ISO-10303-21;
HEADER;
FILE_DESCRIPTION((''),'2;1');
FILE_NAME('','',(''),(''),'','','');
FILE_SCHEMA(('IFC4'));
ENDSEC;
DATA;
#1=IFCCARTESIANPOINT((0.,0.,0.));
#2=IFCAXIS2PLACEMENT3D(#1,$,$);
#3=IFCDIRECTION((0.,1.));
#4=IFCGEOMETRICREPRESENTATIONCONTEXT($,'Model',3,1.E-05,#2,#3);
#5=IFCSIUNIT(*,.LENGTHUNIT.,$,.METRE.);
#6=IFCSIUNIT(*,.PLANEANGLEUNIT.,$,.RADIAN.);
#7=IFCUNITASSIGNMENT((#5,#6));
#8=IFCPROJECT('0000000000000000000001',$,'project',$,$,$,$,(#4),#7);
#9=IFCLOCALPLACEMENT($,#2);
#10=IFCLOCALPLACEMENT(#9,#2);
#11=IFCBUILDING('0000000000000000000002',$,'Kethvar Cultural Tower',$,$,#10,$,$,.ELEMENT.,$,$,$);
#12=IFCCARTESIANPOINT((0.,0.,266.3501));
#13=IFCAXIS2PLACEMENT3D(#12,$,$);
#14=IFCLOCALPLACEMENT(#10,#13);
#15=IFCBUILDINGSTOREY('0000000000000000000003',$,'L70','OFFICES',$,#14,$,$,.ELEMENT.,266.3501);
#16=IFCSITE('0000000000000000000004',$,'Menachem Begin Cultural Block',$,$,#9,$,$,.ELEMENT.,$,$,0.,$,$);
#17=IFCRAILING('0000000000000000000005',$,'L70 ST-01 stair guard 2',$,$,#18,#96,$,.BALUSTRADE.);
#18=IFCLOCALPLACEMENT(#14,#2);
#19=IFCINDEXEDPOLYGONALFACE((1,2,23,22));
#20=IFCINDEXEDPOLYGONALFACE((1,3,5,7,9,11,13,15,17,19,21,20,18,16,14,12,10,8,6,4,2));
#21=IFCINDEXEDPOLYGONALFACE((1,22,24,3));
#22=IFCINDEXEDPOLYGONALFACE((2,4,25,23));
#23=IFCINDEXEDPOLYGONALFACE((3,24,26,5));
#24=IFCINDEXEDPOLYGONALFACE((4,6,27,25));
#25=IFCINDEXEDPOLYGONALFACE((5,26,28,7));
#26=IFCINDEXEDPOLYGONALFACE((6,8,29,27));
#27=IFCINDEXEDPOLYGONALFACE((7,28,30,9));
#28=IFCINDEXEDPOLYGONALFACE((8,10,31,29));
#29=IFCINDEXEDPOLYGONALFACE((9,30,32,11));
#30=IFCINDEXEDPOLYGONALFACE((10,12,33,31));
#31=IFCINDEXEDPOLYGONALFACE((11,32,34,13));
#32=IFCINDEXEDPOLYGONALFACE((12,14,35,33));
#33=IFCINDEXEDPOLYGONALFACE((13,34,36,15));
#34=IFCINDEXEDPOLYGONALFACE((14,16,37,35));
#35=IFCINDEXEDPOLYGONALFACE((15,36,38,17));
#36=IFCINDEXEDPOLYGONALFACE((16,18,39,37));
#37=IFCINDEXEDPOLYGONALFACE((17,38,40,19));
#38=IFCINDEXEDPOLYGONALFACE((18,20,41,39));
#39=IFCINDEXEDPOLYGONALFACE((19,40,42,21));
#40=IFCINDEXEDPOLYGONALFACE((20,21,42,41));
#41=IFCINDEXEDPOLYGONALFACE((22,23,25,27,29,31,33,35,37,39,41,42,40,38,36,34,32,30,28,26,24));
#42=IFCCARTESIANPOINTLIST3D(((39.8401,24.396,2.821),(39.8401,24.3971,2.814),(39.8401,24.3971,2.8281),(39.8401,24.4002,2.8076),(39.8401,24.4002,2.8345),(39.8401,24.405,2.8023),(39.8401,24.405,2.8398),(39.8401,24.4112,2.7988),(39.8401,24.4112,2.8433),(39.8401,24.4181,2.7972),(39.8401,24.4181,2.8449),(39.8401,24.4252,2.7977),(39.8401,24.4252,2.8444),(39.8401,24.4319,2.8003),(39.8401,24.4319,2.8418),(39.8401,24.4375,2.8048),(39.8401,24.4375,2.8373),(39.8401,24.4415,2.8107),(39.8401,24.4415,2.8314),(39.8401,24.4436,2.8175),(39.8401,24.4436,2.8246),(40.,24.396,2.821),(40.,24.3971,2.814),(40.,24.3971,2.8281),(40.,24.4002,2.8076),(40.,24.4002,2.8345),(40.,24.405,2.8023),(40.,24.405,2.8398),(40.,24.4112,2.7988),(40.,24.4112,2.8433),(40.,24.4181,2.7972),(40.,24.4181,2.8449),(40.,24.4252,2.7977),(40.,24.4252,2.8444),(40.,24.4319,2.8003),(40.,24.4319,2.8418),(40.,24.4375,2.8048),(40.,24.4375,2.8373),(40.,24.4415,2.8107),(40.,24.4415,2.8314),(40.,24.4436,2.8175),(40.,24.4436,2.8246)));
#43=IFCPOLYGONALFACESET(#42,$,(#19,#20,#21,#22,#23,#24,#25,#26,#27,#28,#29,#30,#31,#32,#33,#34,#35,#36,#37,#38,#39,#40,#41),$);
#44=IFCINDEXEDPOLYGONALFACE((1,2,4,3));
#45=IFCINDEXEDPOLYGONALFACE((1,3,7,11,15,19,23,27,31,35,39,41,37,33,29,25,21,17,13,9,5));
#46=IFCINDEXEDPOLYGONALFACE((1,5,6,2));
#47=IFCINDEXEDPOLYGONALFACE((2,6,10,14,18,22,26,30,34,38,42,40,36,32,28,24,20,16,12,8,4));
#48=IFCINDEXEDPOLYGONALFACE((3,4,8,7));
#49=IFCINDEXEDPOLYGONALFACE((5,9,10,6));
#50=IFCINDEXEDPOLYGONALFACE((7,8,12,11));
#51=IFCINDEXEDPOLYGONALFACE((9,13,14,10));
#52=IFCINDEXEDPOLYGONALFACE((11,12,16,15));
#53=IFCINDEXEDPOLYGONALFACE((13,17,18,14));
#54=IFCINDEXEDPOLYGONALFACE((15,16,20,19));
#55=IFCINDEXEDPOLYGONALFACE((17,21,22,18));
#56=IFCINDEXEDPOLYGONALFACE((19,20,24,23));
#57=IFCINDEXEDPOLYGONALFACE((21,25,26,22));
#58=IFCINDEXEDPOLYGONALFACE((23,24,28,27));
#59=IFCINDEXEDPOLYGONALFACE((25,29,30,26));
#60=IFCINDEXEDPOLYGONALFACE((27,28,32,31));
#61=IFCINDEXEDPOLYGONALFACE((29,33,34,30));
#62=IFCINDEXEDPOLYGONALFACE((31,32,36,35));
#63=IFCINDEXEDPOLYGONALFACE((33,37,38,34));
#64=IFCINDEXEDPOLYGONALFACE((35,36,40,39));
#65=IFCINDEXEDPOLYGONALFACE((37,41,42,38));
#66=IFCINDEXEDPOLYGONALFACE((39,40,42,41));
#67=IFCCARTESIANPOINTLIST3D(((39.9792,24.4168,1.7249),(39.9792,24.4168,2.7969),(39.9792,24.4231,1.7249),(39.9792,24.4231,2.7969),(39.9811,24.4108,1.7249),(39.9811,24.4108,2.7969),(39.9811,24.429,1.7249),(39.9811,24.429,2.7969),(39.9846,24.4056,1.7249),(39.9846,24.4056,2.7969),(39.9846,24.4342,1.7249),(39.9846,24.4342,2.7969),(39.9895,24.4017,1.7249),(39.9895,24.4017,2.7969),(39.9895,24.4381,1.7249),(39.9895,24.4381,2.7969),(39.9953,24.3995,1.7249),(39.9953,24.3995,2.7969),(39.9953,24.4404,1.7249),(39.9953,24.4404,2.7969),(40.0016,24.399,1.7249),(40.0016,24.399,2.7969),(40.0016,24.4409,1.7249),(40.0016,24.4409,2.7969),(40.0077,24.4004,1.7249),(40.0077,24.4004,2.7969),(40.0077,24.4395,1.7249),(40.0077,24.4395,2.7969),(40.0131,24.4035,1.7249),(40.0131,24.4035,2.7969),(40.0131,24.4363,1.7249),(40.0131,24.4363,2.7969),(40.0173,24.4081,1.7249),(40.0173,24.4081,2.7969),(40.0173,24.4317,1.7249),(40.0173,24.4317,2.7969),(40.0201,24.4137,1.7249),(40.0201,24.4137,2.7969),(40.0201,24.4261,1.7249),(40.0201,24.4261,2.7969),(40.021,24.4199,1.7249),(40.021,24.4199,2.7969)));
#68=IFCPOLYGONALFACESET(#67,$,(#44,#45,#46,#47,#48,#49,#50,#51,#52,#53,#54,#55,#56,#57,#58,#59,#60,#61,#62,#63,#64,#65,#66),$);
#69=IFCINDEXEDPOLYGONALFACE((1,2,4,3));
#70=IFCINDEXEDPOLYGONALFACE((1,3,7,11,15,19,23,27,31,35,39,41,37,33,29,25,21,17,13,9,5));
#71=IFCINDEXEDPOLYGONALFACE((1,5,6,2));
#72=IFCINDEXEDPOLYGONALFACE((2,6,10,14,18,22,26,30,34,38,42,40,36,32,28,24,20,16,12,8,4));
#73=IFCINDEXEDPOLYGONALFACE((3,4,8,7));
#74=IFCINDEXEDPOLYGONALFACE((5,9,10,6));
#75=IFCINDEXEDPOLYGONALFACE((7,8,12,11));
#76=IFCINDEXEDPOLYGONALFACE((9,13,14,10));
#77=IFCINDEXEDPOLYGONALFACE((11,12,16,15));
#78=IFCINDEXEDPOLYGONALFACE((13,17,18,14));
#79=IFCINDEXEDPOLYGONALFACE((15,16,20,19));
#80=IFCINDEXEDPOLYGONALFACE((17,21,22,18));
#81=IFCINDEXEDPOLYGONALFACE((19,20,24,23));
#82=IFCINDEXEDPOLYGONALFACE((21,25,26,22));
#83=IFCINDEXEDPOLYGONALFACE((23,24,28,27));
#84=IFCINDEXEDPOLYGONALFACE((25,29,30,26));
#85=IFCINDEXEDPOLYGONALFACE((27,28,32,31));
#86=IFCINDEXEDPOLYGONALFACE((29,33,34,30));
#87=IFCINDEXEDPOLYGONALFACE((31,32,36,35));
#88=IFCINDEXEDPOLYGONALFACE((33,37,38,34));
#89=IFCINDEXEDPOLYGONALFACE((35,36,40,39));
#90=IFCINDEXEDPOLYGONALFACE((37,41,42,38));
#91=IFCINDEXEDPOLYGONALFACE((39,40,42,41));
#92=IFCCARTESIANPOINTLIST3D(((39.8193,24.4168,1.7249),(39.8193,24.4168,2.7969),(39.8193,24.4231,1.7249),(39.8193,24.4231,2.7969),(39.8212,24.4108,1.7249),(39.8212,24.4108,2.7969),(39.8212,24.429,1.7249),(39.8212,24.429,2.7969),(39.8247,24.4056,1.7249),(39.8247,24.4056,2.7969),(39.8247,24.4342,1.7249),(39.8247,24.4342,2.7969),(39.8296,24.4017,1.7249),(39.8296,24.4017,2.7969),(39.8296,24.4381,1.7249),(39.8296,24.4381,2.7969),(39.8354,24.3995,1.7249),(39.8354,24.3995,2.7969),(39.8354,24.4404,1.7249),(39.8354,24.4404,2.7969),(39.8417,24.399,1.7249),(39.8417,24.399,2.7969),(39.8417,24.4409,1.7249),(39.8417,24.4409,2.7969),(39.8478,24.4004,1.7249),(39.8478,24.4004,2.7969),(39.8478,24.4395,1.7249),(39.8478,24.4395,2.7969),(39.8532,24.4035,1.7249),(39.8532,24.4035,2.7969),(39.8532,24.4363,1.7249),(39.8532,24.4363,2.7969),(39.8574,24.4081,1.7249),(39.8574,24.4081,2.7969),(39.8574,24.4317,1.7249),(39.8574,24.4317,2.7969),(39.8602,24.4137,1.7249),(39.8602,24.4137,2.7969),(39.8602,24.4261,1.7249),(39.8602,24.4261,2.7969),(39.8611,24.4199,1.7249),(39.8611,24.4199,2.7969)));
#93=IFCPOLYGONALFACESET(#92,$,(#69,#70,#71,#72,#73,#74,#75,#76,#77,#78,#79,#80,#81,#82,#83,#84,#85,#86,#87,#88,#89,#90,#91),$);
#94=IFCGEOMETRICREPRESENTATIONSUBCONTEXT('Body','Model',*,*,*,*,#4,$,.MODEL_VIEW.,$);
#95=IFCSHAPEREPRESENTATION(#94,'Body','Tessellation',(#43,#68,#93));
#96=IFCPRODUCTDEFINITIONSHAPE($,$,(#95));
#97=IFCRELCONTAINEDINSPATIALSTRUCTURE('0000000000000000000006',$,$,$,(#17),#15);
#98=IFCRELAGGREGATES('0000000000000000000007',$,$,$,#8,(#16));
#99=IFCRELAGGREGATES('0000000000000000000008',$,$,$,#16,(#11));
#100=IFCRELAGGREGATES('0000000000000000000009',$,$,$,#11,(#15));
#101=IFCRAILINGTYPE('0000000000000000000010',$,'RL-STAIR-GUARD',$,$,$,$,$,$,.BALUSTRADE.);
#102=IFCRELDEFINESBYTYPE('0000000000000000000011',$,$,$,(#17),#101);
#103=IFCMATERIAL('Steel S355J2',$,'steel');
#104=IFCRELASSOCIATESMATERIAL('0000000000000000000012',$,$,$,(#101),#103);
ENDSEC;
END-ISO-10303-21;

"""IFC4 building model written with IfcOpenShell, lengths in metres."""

from ifc_helpers import new_model, si_unit, direction, frame, origin, origin_2d, place, context, subcontext, project, spatial, circle, extrude, material, type_object, element, save


model = new_model("IFC4")

# Units and contexts
model_context = context("Model", 3, precision=1e-05, world=origin(), true_north=direction((0.0, 1.0)))
body_context = subcontext(model_context, "Body", "Model", "MODEL_VIEW")
ifc_project = project(units=[si_unit("LENGTHUNIT", "METRE"), si_unit("PLANEANGLEUNIT", "RADIAN")], contexts=[model_context])

# Site, building, storey
site_placement = place(None, origin())
site = spatial("IfcSite", under=ifc_project, at=site_placement, Name="Menachem Begin Cultural Block", CompositionType="ELEMENT", RefElevation=0.0)
building_placement = place(site_placement, origin())
building = spatial("IfcBuilding", under=site, at=building_placement, Name="Kethvar Cultural Tower", CompositionType="ELEMENT")
storey_placement = place(building_placement, frame((0.0, 0.0, 266.3501)))
storey = spatial("IfcBuildingStorey", under=building, at=storey_placement, Name="L70", Description="OFFICES", CompositionType="ELEMENT", Elevation=266.3501)

# Shared definitions
ifc_material_1 = material(Name="Steel S355J2", Category="steel")

# Railing
railing_type_1 = type_object("IfcRailingType", Name="RL-STAIR-GUARD", PredefinedType="BALUSTRADE", material=ifc_material_1)
railing_1_placement = place(storey_placement, frame((40.0, 24.4199, 1.7249)))
element("IfcRailing", 1, at=railing_1_placement, inside=storey, type_object=railing_type_1, Name="L70 ST-01 stair guard 2", PredefinedType="BALUSTRADE", context=body_context, shape_type="SweptSolid", body=[
    extrude(circle(Radius=0.0239, at=origin_2d()), frame((0.0, 0.0, 1.0962), z_axis=(-1.0, 0.0, 0.0), x_axis=(0.0, -1.0, 0.0)), (0.0, 0.0, 1.0), 0.1599),
    extrude(circle(Radius=0.021, at=origin_2d()), origin(), (0.0, 0.0, 1.0), 1.072),
    extrude(circle(Radius=0.021, at=origin_2d()), frame((-0.1599, 0.0, 0.0)), (0.0, 0.0, 1.0), 1.072),
])

save(model, "model.ifc")
